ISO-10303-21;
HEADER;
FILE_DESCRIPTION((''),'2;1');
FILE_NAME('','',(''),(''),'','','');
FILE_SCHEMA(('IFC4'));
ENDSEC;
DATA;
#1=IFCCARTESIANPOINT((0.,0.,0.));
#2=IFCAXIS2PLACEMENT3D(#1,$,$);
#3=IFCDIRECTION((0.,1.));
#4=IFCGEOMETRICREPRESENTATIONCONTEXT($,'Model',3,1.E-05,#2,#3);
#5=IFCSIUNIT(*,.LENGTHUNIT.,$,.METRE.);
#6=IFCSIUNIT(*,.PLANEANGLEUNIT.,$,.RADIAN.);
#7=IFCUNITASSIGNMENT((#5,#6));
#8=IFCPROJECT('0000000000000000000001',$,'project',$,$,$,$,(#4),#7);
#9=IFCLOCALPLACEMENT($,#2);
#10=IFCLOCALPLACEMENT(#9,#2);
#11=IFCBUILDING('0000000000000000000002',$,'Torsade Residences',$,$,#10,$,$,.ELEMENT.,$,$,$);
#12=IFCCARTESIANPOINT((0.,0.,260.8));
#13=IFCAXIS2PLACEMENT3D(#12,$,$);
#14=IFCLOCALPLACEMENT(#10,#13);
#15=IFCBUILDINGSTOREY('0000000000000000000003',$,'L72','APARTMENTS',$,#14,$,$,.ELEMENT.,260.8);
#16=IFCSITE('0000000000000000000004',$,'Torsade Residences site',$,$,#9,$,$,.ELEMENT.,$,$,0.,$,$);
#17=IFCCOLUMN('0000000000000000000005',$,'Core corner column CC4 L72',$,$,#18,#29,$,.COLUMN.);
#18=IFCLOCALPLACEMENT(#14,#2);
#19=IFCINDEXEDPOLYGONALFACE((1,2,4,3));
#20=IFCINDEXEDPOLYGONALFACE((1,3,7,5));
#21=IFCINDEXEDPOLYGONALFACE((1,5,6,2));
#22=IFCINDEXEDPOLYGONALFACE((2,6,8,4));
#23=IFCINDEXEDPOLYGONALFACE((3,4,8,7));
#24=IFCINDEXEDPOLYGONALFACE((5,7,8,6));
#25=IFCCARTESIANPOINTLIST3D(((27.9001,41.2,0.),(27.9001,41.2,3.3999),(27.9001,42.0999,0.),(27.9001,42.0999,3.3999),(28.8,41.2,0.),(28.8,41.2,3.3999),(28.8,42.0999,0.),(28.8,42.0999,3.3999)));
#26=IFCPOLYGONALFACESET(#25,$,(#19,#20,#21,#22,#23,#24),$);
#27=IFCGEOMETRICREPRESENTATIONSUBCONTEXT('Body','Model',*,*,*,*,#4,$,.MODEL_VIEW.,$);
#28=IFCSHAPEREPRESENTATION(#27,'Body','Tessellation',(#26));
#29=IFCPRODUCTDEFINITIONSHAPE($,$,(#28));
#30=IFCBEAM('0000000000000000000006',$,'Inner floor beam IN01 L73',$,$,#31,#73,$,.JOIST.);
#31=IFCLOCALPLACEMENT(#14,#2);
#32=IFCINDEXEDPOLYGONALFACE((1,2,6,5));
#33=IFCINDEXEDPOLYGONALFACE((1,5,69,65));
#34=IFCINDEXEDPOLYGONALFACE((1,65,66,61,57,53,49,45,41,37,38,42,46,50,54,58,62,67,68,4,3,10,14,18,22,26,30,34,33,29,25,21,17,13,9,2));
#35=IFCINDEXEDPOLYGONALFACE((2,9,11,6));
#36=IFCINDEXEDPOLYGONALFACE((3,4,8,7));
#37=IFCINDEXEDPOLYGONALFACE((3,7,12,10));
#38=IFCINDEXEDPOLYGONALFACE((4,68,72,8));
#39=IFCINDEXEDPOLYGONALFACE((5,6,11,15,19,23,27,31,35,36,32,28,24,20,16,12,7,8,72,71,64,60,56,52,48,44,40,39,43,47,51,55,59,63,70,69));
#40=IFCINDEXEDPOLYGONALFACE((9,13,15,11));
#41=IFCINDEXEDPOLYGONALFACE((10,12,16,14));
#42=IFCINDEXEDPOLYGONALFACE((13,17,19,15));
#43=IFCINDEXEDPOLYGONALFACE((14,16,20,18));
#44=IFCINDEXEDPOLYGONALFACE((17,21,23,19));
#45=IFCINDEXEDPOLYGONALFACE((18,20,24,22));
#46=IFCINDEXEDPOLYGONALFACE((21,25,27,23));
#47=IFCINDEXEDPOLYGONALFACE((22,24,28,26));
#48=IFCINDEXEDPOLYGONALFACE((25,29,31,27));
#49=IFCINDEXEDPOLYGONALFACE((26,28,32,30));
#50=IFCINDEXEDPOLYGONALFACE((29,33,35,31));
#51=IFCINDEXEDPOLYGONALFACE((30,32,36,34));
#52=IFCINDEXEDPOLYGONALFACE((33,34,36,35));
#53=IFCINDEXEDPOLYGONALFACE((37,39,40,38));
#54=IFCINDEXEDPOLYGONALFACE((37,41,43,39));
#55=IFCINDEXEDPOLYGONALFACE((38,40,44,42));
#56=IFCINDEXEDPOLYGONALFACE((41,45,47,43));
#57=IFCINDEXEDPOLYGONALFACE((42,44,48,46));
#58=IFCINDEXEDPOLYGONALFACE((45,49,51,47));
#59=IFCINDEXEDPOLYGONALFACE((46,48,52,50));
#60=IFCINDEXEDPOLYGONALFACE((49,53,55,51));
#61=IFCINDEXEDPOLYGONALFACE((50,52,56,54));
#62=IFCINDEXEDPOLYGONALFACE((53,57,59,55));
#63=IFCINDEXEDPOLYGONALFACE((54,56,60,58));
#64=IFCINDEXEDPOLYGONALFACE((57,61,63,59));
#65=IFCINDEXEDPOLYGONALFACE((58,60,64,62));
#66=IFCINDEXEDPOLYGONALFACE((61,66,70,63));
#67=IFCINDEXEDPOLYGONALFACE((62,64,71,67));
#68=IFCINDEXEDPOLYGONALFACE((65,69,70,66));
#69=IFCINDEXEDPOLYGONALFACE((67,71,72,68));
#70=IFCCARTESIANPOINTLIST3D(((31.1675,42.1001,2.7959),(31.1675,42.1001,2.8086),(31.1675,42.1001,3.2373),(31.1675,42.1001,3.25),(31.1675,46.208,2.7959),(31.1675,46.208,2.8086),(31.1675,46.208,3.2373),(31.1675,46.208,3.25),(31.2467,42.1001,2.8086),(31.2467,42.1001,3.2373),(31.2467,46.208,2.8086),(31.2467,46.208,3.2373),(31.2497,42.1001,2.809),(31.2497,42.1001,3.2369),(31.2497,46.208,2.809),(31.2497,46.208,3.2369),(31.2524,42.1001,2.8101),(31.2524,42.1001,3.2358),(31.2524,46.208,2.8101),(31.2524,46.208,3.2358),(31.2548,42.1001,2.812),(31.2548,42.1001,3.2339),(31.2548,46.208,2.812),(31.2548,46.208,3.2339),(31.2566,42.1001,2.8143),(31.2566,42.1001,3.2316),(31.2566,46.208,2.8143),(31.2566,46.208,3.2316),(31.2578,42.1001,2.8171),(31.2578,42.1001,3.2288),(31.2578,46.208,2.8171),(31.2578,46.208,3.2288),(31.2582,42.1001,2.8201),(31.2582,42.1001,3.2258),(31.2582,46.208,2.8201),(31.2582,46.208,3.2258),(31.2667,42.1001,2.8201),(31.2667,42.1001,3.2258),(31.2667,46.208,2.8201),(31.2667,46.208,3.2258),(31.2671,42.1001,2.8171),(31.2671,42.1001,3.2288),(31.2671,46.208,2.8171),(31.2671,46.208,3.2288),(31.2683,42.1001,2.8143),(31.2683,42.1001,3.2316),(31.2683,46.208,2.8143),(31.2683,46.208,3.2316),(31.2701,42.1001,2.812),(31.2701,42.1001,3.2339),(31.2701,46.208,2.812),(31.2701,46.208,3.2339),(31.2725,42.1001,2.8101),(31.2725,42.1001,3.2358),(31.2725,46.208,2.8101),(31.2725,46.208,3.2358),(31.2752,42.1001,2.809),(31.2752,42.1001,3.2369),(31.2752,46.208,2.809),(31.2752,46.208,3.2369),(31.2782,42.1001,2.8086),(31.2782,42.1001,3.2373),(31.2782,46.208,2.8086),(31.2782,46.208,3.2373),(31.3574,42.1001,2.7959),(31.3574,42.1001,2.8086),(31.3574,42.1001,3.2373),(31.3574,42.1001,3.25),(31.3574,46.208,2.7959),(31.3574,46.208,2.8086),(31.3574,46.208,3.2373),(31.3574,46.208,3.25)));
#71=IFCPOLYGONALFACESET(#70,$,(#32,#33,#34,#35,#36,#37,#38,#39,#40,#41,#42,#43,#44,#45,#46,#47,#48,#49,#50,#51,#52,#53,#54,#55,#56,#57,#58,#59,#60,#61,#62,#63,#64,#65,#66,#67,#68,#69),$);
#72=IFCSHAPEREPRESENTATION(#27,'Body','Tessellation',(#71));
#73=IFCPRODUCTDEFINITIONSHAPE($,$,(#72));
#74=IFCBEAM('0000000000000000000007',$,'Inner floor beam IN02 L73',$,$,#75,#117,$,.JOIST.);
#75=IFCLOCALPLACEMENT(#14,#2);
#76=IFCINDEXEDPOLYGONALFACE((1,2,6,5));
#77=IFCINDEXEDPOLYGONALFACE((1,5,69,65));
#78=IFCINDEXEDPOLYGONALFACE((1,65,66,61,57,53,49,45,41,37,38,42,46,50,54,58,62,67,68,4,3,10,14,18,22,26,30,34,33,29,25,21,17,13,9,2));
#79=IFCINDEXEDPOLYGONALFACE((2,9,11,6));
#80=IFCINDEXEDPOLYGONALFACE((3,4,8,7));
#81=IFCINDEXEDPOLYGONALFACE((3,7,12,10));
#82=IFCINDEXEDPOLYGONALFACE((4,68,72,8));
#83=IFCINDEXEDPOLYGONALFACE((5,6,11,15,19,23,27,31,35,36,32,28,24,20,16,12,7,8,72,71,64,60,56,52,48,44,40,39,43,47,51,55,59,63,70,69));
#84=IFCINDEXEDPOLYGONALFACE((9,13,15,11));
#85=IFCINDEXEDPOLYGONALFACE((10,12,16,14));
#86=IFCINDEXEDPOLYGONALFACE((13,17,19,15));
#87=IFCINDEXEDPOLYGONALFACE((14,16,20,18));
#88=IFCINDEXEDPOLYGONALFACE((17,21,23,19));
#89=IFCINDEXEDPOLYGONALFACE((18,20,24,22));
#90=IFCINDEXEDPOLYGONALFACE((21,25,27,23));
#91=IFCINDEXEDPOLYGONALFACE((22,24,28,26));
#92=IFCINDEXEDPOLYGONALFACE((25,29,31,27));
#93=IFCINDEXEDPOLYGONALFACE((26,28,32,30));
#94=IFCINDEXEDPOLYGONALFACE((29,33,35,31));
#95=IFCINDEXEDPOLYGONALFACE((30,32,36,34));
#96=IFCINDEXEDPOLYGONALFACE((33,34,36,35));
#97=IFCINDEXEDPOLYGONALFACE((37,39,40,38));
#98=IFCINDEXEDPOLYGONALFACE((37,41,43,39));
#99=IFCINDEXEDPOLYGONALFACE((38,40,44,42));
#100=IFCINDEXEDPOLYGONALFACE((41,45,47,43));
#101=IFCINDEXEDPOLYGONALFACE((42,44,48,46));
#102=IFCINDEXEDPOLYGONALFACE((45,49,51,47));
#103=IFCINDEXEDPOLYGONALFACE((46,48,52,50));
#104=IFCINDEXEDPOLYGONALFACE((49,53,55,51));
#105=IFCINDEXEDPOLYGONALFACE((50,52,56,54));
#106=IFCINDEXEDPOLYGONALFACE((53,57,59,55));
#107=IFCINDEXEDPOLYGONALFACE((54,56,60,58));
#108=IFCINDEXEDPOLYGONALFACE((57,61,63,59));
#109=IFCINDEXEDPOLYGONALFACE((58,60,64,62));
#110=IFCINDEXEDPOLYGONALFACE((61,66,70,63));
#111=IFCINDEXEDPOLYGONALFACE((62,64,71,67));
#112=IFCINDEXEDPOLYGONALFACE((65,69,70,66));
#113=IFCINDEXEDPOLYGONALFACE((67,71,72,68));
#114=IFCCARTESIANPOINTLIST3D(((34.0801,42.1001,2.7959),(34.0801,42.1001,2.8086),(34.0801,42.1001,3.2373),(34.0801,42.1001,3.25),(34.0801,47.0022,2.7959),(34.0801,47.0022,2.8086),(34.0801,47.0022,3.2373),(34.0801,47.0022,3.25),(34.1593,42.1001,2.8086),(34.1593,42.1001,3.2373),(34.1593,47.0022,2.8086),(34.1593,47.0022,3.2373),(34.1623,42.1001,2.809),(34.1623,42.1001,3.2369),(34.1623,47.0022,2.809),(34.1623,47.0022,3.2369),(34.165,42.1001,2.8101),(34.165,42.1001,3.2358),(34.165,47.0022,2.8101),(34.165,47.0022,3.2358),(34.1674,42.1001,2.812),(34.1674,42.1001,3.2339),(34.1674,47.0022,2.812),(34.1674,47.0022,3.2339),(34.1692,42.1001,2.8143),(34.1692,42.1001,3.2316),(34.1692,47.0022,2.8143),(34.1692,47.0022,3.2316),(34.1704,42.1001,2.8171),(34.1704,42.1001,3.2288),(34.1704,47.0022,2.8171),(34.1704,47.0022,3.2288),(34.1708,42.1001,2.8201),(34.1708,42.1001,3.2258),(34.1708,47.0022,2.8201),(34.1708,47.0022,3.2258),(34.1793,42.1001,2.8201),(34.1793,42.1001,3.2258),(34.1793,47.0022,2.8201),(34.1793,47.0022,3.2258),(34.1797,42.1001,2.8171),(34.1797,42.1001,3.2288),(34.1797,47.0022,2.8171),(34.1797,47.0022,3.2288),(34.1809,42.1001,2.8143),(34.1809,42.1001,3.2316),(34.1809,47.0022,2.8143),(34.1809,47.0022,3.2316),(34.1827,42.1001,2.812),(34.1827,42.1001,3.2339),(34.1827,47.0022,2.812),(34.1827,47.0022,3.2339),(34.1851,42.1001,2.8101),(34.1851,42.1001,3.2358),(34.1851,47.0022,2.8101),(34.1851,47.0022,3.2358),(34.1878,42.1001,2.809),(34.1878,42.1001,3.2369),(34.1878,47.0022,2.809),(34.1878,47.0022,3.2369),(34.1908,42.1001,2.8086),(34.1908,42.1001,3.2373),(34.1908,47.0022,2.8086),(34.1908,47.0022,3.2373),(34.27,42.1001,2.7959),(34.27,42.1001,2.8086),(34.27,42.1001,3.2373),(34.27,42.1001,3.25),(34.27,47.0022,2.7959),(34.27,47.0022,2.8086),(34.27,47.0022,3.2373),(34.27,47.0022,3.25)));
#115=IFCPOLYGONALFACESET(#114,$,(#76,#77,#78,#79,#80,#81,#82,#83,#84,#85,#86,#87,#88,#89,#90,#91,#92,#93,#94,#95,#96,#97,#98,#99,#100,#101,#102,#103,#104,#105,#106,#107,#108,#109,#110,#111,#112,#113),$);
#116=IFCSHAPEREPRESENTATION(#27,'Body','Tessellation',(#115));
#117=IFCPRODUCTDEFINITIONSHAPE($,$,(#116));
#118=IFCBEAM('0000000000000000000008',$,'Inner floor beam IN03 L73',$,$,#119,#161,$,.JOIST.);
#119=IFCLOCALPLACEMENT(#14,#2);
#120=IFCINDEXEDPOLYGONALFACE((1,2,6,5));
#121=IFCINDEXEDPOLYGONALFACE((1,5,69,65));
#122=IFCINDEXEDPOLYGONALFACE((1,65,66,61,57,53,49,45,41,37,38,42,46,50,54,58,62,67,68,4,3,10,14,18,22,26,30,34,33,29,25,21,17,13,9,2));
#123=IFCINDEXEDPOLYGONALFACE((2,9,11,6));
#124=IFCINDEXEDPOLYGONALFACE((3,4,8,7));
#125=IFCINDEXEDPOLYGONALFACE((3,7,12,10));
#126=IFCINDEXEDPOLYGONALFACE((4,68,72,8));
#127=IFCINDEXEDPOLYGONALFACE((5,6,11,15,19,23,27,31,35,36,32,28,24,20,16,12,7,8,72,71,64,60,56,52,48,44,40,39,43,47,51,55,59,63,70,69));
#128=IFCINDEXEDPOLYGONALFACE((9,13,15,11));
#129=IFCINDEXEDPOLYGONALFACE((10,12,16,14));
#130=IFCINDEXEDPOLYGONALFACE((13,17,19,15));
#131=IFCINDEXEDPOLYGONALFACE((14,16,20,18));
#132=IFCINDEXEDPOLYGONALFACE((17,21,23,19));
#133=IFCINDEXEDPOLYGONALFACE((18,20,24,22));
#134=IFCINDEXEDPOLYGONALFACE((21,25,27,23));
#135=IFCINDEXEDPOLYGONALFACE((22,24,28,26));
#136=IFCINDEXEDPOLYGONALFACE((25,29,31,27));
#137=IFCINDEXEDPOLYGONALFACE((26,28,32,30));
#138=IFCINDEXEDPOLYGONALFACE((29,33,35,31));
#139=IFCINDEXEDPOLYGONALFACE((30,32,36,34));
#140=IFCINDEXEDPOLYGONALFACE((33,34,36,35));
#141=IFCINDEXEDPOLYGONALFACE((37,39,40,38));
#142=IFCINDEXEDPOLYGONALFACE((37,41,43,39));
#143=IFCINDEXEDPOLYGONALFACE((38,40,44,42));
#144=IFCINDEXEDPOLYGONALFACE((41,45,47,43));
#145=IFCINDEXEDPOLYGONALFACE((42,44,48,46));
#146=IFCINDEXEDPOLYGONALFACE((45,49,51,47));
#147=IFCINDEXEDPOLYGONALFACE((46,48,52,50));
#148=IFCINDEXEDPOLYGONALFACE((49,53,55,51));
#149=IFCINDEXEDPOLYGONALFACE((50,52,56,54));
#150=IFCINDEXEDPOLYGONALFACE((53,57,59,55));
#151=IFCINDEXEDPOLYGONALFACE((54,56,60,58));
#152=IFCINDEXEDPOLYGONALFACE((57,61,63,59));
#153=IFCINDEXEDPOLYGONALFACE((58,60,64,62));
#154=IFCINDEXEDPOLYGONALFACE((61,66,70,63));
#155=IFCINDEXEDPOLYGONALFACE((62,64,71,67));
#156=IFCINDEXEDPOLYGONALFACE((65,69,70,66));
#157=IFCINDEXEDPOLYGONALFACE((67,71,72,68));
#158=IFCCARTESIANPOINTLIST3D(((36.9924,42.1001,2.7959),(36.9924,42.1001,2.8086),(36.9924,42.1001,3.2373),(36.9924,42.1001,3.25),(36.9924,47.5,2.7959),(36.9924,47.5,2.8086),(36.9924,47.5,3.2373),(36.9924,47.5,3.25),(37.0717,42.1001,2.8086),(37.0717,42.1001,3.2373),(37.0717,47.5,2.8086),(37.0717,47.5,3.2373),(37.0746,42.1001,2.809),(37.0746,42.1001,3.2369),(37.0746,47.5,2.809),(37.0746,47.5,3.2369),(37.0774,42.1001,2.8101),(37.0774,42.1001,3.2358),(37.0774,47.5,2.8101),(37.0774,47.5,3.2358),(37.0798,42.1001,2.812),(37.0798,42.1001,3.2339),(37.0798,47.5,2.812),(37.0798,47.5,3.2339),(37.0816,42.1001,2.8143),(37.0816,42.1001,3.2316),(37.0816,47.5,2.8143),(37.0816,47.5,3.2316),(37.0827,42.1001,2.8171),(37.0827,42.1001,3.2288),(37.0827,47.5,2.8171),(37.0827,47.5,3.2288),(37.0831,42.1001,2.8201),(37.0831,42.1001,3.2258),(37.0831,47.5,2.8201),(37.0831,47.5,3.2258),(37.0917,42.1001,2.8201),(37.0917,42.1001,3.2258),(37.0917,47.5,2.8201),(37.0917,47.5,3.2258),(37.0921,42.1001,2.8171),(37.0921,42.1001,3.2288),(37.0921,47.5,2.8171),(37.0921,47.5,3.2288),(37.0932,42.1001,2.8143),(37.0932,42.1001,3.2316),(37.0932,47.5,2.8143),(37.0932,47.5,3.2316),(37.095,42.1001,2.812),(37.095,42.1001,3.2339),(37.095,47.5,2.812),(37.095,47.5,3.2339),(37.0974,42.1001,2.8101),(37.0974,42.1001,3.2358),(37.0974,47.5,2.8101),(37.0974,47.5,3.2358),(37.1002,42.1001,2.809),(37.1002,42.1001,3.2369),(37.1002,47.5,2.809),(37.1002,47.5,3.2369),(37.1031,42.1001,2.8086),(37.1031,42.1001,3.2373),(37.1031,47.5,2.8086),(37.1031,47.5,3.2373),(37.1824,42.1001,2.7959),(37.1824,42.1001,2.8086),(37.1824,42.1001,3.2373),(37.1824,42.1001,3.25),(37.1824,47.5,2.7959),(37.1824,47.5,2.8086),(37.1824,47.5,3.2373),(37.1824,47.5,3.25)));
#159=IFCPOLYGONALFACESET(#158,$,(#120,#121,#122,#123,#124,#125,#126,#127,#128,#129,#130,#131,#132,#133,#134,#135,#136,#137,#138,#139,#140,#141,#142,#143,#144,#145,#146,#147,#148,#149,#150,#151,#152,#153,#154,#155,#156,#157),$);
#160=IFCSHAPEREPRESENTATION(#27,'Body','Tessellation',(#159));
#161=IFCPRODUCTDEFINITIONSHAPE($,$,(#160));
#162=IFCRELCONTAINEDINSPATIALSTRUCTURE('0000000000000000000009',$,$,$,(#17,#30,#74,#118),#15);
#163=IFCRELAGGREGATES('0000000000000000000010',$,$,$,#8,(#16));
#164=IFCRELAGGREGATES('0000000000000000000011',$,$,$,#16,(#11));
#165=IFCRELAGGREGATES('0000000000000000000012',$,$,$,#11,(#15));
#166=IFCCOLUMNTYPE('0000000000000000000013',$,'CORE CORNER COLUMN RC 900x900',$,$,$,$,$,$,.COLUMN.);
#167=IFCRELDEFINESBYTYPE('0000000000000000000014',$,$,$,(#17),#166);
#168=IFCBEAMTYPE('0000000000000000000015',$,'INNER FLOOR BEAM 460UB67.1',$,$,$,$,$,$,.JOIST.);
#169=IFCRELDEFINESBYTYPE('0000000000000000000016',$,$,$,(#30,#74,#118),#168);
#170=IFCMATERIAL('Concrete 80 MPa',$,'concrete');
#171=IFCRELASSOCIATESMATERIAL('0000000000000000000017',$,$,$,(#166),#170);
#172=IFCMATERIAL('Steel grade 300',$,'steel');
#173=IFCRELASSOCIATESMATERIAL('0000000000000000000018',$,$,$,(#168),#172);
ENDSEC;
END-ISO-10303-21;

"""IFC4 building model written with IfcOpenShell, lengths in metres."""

from ifc_helpers import new_model, si_unit, direction, frame, origin, origin_2d, place, context, subcontext, project, spatial, rectangle, i_section, extrude, material, material_profile, profile_set, type_object, element, save


model = new_model("IFC4")

# Units and contexts
model_context = context("Model", 3, precision=1e-05, world=origin(), true_north=direction((0.0, 1.0)))
body_context = subcontext(model_context, "Body", "Model", "MODEL_VIEW")
ifc_project = project(units=[si_unit("LENGTHUNIT", "METRE"), si_unit("PLANEANGLEUNIT", "RADIAN")], contexts=[model_context])

# Site, building, storey
site_placement = place(None, origin())
site = spatial("IfcSite", under=ifc_project, at=site_placement, Name="Torsade Residences site", CompositionType="ELEMENT", RefElevation=0.0)
building_placement = place(site_placement, origin())
building = spatial("IfcBuilding", under=site, at=building_placement, Name="Torsade Residences", CompositionType="ELEMENT")
storey_placement = place(building_placement, frame((0.0, 0.0, 260.8)))
storey = spatial("IfcBuildingStorey", under=building, at=storey_placement, Name="L72", Description="APARTMENTS", CompositionType="ELEMENT", Elevation=260.8)

# Column
ifc_material_1 = material(Name="Concrete 80 MPa", Category="concrete")
ifc_material_profile_1 = material_profile(ifc_material_1, rectangle(XDim=0.8999, YDim=0.8999, at=origin_2d()), Name="RC 900x900")
ifc_profile_set_1 = profile_set([ifc_material_profile_1], Name="Concrete 80 MPa")
column_type = type_object("IfcColumnType", Name="CORE CORNER COLUMN RC 900x900", PredefinedType="COLUMN", material=ifc_profile_set_1)
column_placement = place(storey_placement, frame((28.3501, 41.6499, 0.0), z_axis=(0.0, 0.0, 1.0), x_axis=(1.0, 0.0, 0.0)))
element("IfcColumn", 1, at=column_placement, inside=storey, type_object=column_type, Name="Core corner column CC4 L72", PredefinedType="COLUMN", context=body_context, shape_type="SweptSolid", body=[
    extrude(rectangle(XDim=0.8999, YDim=0.8999, at=origin_2d()), origin(), (0.0, 0.0, 1.0), 3.3999),
])

# Beams
ifc_material_2 = material(Name="Steel grade 300", Category="steel")
ifc_material_profile_2 = material_profile(ifc_material_2, i_section(OverallWidth=0.1899, OverallDepth=0.4541, WebThickness=0.0085, FlangeThickness=0.0127, FilletRadius=0.0115, at=origin_2d()), Name="460UB67.1")
ifc_profile_set_2 = profile_set([ifc_material_profile_2], Name="Steel grade 300")
beam_type = type_object("IfcBeamType", Name="INNER FLOOR BEAM 460UB67.1", PredefinedType="JOIST", material=ifc_profile_set_2)
beam_1_placement = place(storey_placement, frame((31.2625, 42.1001, 3.0229), z_axis=(0.0, 1.0, 0.0), x_axis=(-1.0, 0.0, 0.0)))
element("IfcBeam", 2, at=beam_1_placement, inside=storey, type_object=beam_type, Name="Inner floor beam IN01 L73", PredefinedType="JOIST", context=body_context, shape_type="SweptSolid", body=[
    extrude(i_section(OverallWidth=0.1899, OverallDepth=0.4541, WebThickness=0.0085, FlangeThickness=0.0127, FilletRadius=0.0115, at=origin_2d()), origin(), (0.0, 0.0, 1.0), 4.1079),
])
beam_2_placement = place(storey_placement, frame((34.175, 42.1001, 3.0229), z_axis=(0.0, 1.0, 0.0), x_axis=(-1.0, 0.0, 0.0)))
element("IfcBeam", 3, at=beam_2_placement, inside=storey, type_object=beam_type, Name="Inner floor beam IN02 L73", PredefinedType="JOIST", context=body_context, shape_type="SweptSolid", body=[
    extrude(i_section(OverallWidth=0.1899, OverallDepth=0.4541, WebThickness=0.0085, FlangeThickness=0.0127, FilletRadius=0.0115, at=origin_2d()), origin(), (0.0, 0.0, 1.0), 4.9021),
])
beam_3_placement = place(storey_placement, frame((37.0874, 42.1001, 3.0229), z_axis=(0.0, 1.0, 0.0), x_axis=(-1.0, 0.0, 0.0)))
element("IfcBeam", 4, at=beam_3_placement, inside=storey, type_object=beam_type, Name="Inner floor beam IN03 L73", PredefinedType="JOIST", context=body_context, shape_type="SweptSolid", body=[
    extrude(i_section(OverallWidth=0.1899, OverallDepth=0.4541, WebThickness=0.0085, FlangeThickness=0.0127, FilletRadius=0.0115, at=origin_2d()), origin(), (0.0, 0.0, 1.0), 5.3999),
])

save(model, "model.ifc")
